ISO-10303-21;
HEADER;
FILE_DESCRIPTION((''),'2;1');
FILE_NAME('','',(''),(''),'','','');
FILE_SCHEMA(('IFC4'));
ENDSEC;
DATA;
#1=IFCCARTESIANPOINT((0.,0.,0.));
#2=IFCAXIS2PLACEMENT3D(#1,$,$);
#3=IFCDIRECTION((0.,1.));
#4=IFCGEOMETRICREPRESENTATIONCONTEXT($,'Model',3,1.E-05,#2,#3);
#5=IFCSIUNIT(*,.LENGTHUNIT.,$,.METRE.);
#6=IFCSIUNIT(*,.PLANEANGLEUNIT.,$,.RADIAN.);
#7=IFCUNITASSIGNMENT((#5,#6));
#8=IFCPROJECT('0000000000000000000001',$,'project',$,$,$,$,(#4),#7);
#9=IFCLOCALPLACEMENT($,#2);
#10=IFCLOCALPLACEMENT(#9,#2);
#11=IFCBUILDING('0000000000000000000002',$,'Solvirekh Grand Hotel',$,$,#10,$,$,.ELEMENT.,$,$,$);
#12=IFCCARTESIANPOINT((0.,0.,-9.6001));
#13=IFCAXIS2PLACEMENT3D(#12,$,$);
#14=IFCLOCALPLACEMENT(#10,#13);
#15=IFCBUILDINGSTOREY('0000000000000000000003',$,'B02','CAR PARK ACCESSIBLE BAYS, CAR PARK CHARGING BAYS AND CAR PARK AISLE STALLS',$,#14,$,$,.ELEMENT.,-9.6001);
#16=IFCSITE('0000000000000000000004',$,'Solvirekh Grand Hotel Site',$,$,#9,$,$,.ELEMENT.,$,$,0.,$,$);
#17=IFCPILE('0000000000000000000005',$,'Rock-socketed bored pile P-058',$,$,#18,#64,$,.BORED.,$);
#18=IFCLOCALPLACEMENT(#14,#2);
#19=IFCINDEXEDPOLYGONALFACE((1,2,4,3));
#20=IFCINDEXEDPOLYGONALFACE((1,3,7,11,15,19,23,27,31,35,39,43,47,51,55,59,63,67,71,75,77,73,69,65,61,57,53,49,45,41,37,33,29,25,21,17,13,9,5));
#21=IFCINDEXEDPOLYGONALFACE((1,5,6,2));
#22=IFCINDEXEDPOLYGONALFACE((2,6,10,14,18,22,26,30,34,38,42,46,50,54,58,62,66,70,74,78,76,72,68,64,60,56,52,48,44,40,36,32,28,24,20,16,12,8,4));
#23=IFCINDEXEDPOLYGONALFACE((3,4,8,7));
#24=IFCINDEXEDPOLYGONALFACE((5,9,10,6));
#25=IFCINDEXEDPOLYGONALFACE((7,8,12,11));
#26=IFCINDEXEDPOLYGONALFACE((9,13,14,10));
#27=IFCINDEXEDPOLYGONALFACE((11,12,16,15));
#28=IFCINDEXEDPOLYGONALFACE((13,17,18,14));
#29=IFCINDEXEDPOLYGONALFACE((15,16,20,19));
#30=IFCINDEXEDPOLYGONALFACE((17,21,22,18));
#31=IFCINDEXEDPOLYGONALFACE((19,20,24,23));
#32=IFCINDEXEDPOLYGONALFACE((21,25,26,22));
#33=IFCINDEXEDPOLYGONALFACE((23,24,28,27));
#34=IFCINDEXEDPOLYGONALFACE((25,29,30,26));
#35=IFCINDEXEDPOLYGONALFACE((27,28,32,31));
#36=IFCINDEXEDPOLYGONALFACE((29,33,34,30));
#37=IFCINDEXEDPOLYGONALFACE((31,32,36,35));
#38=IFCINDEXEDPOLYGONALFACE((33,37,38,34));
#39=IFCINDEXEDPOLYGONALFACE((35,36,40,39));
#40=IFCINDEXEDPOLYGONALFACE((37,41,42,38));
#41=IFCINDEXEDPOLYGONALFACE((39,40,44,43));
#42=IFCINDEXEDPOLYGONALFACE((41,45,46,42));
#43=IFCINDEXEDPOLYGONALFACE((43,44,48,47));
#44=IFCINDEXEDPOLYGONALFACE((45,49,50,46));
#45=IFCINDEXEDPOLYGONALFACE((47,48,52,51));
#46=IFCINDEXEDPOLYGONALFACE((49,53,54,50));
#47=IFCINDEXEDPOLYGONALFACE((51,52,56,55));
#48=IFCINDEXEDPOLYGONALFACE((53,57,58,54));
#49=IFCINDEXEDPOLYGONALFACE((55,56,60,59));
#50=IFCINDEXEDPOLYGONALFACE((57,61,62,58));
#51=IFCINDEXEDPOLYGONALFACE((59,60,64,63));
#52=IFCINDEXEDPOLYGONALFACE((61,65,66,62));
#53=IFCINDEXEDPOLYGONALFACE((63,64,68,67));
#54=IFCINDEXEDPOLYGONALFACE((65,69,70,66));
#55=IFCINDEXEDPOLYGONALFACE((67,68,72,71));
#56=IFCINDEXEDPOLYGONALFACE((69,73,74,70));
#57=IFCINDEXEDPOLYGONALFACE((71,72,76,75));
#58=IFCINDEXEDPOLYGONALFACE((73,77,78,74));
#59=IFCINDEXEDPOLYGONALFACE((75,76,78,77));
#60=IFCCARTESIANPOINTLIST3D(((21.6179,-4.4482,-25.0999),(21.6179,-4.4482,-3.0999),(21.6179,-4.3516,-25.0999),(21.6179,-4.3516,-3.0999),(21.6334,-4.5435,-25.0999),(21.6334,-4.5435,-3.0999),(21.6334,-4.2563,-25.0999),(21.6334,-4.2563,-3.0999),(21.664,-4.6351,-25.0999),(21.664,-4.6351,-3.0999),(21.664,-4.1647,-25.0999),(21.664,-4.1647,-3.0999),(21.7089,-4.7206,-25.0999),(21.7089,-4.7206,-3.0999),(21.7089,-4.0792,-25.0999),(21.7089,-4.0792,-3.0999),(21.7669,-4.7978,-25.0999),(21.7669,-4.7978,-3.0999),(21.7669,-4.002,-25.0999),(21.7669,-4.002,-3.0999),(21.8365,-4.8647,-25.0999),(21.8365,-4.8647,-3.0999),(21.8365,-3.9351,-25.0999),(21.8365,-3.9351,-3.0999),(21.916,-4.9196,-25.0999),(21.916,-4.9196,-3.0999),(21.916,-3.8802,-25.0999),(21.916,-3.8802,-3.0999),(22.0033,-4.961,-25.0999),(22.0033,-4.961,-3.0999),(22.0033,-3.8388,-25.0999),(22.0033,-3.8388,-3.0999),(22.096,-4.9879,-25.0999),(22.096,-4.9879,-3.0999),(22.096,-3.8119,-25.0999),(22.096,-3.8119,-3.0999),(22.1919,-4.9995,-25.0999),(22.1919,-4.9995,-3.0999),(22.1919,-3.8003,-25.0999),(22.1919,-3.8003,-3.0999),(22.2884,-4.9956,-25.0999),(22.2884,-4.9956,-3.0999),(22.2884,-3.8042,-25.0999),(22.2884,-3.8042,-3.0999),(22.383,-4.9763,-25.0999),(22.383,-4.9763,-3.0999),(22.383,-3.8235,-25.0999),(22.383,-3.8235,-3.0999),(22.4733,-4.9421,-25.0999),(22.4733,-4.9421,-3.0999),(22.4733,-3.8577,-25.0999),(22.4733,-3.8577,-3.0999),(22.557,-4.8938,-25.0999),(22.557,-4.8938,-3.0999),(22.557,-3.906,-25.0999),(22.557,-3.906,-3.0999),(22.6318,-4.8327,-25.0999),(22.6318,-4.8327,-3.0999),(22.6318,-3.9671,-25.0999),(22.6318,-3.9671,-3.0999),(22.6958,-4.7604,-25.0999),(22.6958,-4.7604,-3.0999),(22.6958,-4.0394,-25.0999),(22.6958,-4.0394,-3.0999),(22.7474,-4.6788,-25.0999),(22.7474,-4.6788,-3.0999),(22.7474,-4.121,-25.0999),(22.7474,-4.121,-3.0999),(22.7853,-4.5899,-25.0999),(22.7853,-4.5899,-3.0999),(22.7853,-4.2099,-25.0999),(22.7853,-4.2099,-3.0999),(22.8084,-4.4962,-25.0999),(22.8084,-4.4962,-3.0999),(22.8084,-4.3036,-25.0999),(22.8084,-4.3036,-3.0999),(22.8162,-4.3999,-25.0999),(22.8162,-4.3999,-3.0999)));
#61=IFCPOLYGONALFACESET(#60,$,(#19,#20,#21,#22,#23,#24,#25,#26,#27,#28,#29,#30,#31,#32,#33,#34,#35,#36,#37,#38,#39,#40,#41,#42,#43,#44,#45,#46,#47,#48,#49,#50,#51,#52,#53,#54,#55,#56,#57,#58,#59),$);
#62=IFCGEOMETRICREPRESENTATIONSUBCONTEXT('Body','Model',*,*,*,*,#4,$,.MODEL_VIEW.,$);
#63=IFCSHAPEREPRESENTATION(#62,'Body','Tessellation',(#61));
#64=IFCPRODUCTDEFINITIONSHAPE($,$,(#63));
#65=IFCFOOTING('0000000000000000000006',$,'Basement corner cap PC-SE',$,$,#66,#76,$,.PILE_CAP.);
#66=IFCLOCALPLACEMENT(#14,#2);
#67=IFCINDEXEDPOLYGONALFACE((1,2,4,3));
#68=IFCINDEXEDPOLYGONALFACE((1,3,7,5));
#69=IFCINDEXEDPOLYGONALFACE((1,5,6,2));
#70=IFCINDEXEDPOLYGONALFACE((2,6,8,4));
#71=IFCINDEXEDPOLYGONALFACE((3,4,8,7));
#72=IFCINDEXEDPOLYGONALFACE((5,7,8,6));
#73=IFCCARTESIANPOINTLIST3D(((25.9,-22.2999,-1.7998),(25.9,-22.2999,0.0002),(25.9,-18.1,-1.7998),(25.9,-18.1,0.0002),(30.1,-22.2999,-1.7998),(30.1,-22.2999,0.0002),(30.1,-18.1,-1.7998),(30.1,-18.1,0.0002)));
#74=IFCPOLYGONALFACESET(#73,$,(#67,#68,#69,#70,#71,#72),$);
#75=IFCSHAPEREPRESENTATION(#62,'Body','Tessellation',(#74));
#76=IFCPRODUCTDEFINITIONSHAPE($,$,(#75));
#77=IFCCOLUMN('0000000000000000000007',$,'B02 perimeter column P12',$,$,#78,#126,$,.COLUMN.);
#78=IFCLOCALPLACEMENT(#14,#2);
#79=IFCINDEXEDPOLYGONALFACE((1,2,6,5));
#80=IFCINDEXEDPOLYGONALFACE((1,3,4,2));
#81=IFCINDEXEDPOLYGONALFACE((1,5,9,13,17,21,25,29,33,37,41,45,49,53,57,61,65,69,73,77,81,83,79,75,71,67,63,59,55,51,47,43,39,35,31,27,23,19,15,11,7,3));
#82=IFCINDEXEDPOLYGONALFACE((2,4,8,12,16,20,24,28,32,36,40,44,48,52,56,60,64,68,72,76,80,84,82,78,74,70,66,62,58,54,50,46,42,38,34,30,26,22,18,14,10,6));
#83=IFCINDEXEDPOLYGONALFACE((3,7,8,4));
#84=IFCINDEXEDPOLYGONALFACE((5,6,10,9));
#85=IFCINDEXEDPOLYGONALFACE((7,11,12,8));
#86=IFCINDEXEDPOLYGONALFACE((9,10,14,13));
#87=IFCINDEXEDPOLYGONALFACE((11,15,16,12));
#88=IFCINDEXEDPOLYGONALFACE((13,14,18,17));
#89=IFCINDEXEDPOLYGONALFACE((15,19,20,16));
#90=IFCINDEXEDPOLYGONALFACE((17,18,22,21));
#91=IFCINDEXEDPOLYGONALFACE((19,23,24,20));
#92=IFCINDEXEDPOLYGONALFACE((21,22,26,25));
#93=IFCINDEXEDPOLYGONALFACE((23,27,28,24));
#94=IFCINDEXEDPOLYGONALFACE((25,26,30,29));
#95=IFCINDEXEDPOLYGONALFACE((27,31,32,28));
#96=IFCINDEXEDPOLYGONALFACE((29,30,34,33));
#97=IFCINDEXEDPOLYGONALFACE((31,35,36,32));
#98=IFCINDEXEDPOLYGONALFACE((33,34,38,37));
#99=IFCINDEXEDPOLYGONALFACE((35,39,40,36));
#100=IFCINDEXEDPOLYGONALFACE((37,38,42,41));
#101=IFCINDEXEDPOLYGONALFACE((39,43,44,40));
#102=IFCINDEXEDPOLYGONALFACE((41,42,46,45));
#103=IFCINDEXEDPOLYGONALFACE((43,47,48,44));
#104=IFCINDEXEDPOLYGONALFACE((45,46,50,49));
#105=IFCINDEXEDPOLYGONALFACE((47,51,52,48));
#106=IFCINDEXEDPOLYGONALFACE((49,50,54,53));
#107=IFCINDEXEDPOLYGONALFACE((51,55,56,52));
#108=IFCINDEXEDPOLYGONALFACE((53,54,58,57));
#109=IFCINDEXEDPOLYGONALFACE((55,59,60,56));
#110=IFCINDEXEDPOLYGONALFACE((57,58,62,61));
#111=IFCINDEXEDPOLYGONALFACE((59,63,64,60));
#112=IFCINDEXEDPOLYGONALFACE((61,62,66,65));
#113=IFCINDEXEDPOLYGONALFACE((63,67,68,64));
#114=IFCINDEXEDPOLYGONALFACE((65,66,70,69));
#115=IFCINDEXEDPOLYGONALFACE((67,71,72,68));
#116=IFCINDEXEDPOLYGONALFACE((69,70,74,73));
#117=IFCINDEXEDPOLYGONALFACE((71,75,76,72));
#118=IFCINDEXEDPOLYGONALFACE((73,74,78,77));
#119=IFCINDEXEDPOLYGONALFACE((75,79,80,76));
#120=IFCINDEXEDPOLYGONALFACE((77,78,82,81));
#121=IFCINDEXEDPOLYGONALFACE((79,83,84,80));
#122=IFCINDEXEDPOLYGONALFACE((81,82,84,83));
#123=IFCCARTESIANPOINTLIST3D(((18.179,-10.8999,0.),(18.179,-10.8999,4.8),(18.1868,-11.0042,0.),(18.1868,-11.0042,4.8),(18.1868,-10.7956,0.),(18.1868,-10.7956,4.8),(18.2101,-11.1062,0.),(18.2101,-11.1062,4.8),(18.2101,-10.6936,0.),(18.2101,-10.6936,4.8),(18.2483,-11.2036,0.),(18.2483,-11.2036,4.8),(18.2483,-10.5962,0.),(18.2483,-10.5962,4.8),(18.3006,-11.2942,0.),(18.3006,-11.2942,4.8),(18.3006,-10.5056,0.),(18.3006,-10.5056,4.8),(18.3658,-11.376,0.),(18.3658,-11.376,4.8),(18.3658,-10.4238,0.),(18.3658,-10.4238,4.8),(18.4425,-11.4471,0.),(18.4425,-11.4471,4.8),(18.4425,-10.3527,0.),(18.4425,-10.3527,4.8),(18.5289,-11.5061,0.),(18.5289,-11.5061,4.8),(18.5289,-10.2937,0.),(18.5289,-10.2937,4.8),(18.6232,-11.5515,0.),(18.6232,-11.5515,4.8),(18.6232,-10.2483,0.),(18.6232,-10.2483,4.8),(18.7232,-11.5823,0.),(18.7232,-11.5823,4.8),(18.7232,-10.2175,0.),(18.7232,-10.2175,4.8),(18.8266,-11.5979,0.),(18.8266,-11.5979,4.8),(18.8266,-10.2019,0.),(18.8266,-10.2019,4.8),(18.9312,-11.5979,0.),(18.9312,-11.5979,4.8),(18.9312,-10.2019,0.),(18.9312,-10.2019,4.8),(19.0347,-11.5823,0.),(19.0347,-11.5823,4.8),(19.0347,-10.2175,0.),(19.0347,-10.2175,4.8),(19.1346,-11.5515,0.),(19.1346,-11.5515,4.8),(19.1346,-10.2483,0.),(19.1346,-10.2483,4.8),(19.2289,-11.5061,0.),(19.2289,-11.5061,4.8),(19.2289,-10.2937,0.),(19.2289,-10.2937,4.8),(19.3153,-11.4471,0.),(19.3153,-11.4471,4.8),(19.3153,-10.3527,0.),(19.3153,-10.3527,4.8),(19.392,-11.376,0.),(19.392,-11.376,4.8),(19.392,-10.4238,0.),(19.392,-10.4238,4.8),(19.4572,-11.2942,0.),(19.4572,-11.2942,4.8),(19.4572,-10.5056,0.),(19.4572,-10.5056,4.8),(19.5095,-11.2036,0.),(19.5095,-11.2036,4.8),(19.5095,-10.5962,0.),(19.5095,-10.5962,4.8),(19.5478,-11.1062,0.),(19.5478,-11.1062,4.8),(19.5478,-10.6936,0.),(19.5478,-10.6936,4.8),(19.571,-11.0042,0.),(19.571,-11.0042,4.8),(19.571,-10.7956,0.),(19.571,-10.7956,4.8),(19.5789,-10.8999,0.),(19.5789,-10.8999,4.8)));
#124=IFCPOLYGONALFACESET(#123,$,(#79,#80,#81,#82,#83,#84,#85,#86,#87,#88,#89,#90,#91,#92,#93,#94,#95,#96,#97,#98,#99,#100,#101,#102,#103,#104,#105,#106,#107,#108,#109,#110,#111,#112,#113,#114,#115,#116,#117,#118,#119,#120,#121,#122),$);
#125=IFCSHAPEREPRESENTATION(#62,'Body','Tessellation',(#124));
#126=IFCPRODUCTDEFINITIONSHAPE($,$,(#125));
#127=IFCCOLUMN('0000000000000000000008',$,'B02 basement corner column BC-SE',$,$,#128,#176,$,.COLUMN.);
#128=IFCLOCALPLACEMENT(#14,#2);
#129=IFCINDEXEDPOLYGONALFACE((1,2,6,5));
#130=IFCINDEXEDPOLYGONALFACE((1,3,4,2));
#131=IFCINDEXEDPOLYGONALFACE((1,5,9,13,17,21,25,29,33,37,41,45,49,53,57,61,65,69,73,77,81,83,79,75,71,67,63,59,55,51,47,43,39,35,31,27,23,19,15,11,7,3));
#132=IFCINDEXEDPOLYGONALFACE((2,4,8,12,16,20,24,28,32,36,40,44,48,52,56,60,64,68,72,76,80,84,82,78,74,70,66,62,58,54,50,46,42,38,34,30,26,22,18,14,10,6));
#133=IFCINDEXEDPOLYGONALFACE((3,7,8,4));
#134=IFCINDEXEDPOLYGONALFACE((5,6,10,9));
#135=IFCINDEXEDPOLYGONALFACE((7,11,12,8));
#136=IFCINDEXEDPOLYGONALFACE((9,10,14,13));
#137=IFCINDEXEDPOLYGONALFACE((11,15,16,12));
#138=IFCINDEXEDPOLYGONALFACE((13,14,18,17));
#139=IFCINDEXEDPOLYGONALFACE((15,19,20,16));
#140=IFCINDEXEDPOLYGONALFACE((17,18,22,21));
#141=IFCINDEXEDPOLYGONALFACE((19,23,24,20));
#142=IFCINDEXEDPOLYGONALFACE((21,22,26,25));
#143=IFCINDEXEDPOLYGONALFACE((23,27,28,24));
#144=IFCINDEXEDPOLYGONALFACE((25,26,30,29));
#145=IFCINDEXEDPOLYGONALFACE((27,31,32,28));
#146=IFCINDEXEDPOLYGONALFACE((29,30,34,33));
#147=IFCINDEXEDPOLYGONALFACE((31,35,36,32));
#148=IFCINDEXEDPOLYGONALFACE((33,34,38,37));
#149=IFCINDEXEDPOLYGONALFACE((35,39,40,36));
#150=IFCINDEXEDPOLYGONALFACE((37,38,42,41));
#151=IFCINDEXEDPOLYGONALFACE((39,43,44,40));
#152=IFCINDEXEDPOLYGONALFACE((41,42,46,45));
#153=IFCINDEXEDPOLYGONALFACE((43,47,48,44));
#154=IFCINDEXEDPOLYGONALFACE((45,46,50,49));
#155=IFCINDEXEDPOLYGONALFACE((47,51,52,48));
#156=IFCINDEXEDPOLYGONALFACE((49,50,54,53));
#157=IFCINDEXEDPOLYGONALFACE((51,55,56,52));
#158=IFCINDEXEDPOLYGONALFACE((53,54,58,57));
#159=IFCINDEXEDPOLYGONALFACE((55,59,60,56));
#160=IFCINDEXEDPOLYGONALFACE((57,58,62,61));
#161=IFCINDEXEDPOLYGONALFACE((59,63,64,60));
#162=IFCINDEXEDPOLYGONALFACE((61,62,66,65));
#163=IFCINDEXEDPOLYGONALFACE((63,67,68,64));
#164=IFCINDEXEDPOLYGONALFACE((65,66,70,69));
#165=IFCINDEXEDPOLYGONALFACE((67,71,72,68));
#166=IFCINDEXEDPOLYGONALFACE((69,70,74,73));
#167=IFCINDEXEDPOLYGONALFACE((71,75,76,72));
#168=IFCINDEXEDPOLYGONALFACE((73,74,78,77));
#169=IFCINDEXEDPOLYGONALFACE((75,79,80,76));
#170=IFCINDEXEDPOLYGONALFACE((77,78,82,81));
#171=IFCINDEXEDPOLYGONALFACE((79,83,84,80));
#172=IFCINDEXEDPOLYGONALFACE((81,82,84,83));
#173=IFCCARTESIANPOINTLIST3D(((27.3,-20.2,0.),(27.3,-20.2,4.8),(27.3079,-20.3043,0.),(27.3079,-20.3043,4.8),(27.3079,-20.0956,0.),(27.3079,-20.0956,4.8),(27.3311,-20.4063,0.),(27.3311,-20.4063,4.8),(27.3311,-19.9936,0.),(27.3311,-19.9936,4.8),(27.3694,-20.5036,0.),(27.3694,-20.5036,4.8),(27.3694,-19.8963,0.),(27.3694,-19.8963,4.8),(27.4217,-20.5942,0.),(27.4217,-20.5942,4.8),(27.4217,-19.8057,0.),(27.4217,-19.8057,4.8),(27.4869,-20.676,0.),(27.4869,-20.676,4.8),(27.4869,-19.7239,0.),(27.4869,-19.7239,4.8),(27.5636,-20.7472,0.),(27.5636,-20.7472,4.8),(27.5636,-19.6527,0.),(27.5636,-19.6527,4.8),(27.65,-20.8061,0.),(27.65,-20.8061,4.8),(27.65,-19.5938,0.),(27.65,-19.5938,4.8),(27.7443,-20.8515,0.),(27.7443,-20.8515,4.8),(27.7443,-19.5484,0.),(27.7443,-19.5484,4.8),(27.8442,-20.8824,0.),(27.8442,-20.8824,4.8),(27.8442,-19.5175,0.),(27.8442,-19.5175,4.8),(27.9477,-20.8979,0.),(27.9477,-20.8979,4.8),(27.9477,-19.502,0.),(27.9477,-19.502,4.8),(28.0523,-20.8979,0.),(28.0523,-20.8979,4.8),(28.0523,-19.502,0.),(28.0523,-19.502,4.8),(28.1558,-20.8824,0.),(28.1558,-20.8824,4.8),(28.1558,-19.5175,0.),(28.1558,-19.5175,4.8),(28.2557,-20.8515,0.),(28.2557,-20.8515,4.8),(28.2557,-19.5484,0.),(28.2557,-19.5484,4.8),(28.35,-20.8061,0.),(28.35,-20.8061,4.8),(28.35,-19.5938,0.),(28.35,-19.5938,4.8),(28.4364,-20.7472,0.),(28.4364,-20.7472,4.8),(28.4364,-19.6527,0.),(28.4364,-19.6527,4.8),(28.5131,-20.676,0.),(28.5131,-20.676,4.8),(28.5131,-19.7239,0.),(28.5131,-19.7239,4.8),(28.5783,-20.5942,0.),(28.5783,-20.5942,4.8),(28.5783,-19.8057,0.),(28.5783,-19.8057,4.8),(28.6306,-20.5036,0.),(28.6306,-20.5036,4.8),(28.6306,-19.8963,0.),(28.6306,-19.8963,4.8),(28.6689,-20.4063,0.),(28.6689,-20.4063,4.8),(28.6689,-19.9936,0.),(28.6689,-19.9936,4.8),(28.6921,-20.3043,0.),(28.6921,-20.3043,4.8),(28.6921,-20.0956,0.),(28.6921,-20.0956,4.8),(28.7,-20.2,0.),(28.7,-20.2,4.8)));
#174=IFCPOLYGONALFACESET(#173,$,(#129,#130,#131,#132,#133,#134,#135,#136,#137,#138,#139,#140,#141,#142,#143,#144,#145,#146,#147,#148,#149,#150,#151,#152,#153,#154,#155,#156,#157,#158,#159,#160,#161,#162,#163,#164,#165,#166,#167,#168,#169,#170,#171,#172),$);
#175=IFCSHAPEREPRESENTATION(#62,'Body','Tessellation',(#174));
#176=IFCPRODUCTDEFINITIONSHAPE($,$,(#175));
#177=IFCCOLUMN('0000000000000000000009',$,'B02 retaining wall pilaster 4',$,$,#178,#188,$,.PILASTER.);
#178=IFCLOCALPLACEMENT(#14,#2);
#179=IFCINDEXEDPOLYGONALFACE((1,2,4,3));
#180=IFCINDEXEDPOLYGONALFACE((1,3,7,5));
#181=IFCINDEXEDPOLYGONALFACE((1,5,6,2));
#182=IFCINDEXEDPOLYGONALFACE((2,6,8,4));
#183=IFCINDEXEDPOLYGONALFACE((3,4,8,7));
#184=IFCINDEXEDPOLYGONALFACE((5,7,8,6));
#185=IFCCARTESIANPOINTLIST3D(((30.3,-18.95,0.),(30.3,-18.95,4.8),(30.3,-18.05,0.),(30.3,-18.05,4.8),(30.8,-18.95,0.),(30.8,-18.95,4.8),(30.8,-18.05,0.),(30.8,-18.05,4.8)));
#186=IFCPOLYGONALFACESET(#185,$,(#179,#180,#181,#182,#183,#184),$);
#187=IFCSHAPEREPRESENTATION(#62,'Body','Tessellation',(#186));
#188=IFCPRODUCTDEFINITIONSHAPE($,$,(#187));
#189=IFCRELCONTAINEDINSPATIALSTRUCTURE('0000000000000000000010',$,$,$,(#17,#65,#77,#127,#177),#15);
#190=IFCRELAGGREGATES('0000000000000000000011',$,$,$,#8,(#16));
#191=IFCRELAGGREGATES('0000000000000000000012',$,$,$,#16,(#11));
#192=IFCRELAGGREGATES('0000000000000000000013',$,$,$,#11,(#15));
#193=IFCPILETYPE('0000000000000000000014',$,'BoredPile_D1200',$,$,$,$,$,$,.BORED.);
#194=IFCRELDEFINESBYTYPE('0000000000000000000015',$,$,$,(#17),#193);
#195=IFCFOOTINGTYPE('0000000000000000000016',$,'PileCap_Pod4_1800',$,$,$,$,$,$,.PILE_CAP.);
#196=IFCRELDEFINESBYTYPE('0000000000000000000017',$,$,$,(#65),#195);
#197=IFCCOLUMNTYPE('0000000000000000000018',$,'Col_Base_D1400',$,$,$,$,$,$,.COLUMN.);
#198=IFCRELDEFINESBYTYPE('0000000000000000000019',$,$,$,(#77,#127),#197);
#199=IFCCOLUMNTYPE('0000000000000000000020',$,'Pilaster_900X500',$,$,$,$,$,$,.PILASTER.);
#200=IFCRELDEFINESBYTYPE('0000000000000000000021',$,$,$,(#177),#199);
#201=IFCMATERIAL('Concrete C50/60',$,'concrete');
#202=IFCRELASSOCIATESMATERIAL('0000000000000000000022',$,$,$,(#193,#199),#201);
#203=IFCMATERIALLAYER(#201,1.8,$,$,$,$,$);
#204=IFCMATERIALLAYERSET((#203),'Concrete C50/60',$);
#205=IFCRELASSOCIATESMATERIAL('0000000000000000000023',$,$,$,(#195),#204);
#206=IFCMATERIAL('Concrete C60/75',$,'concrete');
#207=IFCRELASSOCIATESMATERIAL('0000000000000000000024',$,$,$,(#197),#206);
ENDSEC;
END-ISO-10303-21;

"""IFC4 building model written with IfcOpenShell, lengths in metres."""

from ifc_helpers import new_model, si_unit, direction, frame, origin, origin_2d, place, context, subcontext, project, spatial, rectangle, circle, extrude, material, layer, layer_set, material_profile, profile_set, type_object, element, save


model = new_model("IFC4")

# Units and contexts
model_context = context("Model", 3, precision=1e-05, world=origin(), true_north=direction((0.0, 1.0)))
body_context = subcontext(model_context, "Body", "Model", "MODEL_VIEW")
ifc_project = project(units=[si_unit("LENGTHUNIT", "METRE"), si_unit("PLANEANGLEUNIT", "RADIAN")], contexts=[model_context])

# Site, building, storey
site_placement = place(None, origin())
site = spatial("IfcSite", under=ifc_project, at=site_placement, Name="Solvirekh Grand Hotel Site", CompositionType="ELEMENT", RefElevation=0.0)
building_placement = place(site_placement, origin())
building = spatial("IfcBuilding", under=site, at=building_placement, Name="Solvirekh Grand Hotel", CompositionType="ELEMENT")
storey_placement = place(building_placement, frame((0.0, 0.0, -9.6001)))
storey = spatial("IfcBuildingStorey", under=building, at=storey_placement, Name="B02", Description="CAR PARK ACCESSIBLE BAYS, CAR PARK CHARGING BAYS AND CAR PARK AISLE STALLS", CompositionType="ELEMENT", Elevation=-9.6001)

# Pile
ifc_material_1 = material(Name="Concrete C50/60", Category="concrete")
ifc_material_profile_1 = material_profile(ifc_material_1, circle(Radius=0.6001, at=origin_2d()), Name="BORED PILE D1200")
ifc_profile_set_1 = profile_set([ifc_material_profile_1], Name="Concrete C50/60")
pile_type_1 = type_object("IfcPileType", Name="BoredPile_D1200", PredefinedType="BORED", material=ifc_profile_set_1)
for number, where, z_axis, x_axis, name in (
    (1, (22.2161, -4.3999, -3.0999), (0.0, 0.0, -1.0), (1.0, 0.0, 0.0), "Rock-socketed bored pile P-058"),
):
    element("IfcPile", number, at=place(storey_placement, frame(where, z_axis=z_axis, x_axis=x_axis)), inside=storey, type_object=pile_type_1, Name=name, PredefinedType="BORED", context=body_context, shape_type="SweptSolid", body=[
        extrude(circle(Radius=0.6001, at=origin_2d()), origin(), (0.0, 0.0, 1.0), 22.0),
    ])

# Footing
ifc_layer_1 = layer(ifc_material_1, 1.8)
ifc_layer_set_1 = layer_set([ifc_layer_1], Name="Concrete C50/60")
footing_type = type_object("IfcFootingType", Name="PileCap_Pod4_1800", PredefinedType="PILE_CAP", material=ifc_layer_set_1)
footing_placement = place(storey_placement, frame((28.0, -20.2, -1.7998), z_axis=(0.0, 0.0, 1.0), x_axis=(1.0, 0.0, 0.0)))
element("IfcFooting", 2, at=footing_placement, inside=storey, type_object=footing_type, Name="Basement corner cap PC-SE", PredefinedType="PILE_CAP", context=body_context, shape_type="SweptSolid", body=[
    extrude(rectangle(XDim=4.2, YDim=4.2, at=origin_2d()), origin(), (0.0, 0.0, 1.0), 1.8),
])

# Columns
ifc_material_2 = material(Name="Concrete C60/75", Category="concrete")
ifc_material_profile_2 = material_profile(ifc_material_2, circle(Radius=0.7, at=origin_2d()), Name="RC CIRC D1400")
ifc_profile_set_2 = profile_set([ifc_material_profile_2], Name="Concrete C60/75")
column_type_1 = type_object("IfcColumnType", Name="Col_Base_D1400", PredefinedType="COLUMN", material=ifc_profile_set_2)
for number, where, z_axis, x_axis, name in (
    (3, (18.8789, -10.8999, 0.0), (0.0, 0.0, 1.0), (1.0, 0.0, 0.0), "B02 perimeter column P12"),
    (4, (28.0, -20.2, 0.0), (0.0, 0.0, 1.0), (1.0, 0.0, 0.0), "B02 basement corner column BC-SE"),
):
    element("IfcColumn", number, at=place(storey_placement, frame(where, z_axis=z_axis, x_axis=x_axis)), inside=storey, type_object=column_type_1, Name=name, PredefinedType="COLUMN", context=body_context, shape_type="SweptSolid", body=[
        extrude(circle(Radius=0.7, at=origin_2d()), origin(), (0.0, 0.0, 1.0), 4.8),
    ])
ifc_material_profile_3 = material_profile(ifc_material_1, rectangle(XDim=0.5, YDim=0.8999, at=origin_2d()), Name="RC PILASTER 900X500")
ifc_profile_set_3 = profile_set([ifc_material_profile_3], Name="Concrete C50/60")
column_type_2 = type_object("IfcColumnType", Name="Pilaster_900X500", PredefinedType="PILASTER", material=ifc_profile_set_3)
column_placement = place(storey_placement, frame((30.55, -18.5, 0.0), z_axis=(0.0, 0.0, 1.0), x_axis=(1.0, 0.0, 0.0)))
element("IfcColumn", 5, at=column_placement, inside=storey, type_object=column_type_2, Name="B02 retaining wall pilaster 4", PredefinedType="PILASTER", context=body_context, shape_type="SweptSolid", body=[
    extrude(rectangle(XDim=0.5, YDim=0.8999, at=origin_2d()), origin(), (0.0, 0.0, 1.0), 4.8),
])

save(model, "model.ifc")
